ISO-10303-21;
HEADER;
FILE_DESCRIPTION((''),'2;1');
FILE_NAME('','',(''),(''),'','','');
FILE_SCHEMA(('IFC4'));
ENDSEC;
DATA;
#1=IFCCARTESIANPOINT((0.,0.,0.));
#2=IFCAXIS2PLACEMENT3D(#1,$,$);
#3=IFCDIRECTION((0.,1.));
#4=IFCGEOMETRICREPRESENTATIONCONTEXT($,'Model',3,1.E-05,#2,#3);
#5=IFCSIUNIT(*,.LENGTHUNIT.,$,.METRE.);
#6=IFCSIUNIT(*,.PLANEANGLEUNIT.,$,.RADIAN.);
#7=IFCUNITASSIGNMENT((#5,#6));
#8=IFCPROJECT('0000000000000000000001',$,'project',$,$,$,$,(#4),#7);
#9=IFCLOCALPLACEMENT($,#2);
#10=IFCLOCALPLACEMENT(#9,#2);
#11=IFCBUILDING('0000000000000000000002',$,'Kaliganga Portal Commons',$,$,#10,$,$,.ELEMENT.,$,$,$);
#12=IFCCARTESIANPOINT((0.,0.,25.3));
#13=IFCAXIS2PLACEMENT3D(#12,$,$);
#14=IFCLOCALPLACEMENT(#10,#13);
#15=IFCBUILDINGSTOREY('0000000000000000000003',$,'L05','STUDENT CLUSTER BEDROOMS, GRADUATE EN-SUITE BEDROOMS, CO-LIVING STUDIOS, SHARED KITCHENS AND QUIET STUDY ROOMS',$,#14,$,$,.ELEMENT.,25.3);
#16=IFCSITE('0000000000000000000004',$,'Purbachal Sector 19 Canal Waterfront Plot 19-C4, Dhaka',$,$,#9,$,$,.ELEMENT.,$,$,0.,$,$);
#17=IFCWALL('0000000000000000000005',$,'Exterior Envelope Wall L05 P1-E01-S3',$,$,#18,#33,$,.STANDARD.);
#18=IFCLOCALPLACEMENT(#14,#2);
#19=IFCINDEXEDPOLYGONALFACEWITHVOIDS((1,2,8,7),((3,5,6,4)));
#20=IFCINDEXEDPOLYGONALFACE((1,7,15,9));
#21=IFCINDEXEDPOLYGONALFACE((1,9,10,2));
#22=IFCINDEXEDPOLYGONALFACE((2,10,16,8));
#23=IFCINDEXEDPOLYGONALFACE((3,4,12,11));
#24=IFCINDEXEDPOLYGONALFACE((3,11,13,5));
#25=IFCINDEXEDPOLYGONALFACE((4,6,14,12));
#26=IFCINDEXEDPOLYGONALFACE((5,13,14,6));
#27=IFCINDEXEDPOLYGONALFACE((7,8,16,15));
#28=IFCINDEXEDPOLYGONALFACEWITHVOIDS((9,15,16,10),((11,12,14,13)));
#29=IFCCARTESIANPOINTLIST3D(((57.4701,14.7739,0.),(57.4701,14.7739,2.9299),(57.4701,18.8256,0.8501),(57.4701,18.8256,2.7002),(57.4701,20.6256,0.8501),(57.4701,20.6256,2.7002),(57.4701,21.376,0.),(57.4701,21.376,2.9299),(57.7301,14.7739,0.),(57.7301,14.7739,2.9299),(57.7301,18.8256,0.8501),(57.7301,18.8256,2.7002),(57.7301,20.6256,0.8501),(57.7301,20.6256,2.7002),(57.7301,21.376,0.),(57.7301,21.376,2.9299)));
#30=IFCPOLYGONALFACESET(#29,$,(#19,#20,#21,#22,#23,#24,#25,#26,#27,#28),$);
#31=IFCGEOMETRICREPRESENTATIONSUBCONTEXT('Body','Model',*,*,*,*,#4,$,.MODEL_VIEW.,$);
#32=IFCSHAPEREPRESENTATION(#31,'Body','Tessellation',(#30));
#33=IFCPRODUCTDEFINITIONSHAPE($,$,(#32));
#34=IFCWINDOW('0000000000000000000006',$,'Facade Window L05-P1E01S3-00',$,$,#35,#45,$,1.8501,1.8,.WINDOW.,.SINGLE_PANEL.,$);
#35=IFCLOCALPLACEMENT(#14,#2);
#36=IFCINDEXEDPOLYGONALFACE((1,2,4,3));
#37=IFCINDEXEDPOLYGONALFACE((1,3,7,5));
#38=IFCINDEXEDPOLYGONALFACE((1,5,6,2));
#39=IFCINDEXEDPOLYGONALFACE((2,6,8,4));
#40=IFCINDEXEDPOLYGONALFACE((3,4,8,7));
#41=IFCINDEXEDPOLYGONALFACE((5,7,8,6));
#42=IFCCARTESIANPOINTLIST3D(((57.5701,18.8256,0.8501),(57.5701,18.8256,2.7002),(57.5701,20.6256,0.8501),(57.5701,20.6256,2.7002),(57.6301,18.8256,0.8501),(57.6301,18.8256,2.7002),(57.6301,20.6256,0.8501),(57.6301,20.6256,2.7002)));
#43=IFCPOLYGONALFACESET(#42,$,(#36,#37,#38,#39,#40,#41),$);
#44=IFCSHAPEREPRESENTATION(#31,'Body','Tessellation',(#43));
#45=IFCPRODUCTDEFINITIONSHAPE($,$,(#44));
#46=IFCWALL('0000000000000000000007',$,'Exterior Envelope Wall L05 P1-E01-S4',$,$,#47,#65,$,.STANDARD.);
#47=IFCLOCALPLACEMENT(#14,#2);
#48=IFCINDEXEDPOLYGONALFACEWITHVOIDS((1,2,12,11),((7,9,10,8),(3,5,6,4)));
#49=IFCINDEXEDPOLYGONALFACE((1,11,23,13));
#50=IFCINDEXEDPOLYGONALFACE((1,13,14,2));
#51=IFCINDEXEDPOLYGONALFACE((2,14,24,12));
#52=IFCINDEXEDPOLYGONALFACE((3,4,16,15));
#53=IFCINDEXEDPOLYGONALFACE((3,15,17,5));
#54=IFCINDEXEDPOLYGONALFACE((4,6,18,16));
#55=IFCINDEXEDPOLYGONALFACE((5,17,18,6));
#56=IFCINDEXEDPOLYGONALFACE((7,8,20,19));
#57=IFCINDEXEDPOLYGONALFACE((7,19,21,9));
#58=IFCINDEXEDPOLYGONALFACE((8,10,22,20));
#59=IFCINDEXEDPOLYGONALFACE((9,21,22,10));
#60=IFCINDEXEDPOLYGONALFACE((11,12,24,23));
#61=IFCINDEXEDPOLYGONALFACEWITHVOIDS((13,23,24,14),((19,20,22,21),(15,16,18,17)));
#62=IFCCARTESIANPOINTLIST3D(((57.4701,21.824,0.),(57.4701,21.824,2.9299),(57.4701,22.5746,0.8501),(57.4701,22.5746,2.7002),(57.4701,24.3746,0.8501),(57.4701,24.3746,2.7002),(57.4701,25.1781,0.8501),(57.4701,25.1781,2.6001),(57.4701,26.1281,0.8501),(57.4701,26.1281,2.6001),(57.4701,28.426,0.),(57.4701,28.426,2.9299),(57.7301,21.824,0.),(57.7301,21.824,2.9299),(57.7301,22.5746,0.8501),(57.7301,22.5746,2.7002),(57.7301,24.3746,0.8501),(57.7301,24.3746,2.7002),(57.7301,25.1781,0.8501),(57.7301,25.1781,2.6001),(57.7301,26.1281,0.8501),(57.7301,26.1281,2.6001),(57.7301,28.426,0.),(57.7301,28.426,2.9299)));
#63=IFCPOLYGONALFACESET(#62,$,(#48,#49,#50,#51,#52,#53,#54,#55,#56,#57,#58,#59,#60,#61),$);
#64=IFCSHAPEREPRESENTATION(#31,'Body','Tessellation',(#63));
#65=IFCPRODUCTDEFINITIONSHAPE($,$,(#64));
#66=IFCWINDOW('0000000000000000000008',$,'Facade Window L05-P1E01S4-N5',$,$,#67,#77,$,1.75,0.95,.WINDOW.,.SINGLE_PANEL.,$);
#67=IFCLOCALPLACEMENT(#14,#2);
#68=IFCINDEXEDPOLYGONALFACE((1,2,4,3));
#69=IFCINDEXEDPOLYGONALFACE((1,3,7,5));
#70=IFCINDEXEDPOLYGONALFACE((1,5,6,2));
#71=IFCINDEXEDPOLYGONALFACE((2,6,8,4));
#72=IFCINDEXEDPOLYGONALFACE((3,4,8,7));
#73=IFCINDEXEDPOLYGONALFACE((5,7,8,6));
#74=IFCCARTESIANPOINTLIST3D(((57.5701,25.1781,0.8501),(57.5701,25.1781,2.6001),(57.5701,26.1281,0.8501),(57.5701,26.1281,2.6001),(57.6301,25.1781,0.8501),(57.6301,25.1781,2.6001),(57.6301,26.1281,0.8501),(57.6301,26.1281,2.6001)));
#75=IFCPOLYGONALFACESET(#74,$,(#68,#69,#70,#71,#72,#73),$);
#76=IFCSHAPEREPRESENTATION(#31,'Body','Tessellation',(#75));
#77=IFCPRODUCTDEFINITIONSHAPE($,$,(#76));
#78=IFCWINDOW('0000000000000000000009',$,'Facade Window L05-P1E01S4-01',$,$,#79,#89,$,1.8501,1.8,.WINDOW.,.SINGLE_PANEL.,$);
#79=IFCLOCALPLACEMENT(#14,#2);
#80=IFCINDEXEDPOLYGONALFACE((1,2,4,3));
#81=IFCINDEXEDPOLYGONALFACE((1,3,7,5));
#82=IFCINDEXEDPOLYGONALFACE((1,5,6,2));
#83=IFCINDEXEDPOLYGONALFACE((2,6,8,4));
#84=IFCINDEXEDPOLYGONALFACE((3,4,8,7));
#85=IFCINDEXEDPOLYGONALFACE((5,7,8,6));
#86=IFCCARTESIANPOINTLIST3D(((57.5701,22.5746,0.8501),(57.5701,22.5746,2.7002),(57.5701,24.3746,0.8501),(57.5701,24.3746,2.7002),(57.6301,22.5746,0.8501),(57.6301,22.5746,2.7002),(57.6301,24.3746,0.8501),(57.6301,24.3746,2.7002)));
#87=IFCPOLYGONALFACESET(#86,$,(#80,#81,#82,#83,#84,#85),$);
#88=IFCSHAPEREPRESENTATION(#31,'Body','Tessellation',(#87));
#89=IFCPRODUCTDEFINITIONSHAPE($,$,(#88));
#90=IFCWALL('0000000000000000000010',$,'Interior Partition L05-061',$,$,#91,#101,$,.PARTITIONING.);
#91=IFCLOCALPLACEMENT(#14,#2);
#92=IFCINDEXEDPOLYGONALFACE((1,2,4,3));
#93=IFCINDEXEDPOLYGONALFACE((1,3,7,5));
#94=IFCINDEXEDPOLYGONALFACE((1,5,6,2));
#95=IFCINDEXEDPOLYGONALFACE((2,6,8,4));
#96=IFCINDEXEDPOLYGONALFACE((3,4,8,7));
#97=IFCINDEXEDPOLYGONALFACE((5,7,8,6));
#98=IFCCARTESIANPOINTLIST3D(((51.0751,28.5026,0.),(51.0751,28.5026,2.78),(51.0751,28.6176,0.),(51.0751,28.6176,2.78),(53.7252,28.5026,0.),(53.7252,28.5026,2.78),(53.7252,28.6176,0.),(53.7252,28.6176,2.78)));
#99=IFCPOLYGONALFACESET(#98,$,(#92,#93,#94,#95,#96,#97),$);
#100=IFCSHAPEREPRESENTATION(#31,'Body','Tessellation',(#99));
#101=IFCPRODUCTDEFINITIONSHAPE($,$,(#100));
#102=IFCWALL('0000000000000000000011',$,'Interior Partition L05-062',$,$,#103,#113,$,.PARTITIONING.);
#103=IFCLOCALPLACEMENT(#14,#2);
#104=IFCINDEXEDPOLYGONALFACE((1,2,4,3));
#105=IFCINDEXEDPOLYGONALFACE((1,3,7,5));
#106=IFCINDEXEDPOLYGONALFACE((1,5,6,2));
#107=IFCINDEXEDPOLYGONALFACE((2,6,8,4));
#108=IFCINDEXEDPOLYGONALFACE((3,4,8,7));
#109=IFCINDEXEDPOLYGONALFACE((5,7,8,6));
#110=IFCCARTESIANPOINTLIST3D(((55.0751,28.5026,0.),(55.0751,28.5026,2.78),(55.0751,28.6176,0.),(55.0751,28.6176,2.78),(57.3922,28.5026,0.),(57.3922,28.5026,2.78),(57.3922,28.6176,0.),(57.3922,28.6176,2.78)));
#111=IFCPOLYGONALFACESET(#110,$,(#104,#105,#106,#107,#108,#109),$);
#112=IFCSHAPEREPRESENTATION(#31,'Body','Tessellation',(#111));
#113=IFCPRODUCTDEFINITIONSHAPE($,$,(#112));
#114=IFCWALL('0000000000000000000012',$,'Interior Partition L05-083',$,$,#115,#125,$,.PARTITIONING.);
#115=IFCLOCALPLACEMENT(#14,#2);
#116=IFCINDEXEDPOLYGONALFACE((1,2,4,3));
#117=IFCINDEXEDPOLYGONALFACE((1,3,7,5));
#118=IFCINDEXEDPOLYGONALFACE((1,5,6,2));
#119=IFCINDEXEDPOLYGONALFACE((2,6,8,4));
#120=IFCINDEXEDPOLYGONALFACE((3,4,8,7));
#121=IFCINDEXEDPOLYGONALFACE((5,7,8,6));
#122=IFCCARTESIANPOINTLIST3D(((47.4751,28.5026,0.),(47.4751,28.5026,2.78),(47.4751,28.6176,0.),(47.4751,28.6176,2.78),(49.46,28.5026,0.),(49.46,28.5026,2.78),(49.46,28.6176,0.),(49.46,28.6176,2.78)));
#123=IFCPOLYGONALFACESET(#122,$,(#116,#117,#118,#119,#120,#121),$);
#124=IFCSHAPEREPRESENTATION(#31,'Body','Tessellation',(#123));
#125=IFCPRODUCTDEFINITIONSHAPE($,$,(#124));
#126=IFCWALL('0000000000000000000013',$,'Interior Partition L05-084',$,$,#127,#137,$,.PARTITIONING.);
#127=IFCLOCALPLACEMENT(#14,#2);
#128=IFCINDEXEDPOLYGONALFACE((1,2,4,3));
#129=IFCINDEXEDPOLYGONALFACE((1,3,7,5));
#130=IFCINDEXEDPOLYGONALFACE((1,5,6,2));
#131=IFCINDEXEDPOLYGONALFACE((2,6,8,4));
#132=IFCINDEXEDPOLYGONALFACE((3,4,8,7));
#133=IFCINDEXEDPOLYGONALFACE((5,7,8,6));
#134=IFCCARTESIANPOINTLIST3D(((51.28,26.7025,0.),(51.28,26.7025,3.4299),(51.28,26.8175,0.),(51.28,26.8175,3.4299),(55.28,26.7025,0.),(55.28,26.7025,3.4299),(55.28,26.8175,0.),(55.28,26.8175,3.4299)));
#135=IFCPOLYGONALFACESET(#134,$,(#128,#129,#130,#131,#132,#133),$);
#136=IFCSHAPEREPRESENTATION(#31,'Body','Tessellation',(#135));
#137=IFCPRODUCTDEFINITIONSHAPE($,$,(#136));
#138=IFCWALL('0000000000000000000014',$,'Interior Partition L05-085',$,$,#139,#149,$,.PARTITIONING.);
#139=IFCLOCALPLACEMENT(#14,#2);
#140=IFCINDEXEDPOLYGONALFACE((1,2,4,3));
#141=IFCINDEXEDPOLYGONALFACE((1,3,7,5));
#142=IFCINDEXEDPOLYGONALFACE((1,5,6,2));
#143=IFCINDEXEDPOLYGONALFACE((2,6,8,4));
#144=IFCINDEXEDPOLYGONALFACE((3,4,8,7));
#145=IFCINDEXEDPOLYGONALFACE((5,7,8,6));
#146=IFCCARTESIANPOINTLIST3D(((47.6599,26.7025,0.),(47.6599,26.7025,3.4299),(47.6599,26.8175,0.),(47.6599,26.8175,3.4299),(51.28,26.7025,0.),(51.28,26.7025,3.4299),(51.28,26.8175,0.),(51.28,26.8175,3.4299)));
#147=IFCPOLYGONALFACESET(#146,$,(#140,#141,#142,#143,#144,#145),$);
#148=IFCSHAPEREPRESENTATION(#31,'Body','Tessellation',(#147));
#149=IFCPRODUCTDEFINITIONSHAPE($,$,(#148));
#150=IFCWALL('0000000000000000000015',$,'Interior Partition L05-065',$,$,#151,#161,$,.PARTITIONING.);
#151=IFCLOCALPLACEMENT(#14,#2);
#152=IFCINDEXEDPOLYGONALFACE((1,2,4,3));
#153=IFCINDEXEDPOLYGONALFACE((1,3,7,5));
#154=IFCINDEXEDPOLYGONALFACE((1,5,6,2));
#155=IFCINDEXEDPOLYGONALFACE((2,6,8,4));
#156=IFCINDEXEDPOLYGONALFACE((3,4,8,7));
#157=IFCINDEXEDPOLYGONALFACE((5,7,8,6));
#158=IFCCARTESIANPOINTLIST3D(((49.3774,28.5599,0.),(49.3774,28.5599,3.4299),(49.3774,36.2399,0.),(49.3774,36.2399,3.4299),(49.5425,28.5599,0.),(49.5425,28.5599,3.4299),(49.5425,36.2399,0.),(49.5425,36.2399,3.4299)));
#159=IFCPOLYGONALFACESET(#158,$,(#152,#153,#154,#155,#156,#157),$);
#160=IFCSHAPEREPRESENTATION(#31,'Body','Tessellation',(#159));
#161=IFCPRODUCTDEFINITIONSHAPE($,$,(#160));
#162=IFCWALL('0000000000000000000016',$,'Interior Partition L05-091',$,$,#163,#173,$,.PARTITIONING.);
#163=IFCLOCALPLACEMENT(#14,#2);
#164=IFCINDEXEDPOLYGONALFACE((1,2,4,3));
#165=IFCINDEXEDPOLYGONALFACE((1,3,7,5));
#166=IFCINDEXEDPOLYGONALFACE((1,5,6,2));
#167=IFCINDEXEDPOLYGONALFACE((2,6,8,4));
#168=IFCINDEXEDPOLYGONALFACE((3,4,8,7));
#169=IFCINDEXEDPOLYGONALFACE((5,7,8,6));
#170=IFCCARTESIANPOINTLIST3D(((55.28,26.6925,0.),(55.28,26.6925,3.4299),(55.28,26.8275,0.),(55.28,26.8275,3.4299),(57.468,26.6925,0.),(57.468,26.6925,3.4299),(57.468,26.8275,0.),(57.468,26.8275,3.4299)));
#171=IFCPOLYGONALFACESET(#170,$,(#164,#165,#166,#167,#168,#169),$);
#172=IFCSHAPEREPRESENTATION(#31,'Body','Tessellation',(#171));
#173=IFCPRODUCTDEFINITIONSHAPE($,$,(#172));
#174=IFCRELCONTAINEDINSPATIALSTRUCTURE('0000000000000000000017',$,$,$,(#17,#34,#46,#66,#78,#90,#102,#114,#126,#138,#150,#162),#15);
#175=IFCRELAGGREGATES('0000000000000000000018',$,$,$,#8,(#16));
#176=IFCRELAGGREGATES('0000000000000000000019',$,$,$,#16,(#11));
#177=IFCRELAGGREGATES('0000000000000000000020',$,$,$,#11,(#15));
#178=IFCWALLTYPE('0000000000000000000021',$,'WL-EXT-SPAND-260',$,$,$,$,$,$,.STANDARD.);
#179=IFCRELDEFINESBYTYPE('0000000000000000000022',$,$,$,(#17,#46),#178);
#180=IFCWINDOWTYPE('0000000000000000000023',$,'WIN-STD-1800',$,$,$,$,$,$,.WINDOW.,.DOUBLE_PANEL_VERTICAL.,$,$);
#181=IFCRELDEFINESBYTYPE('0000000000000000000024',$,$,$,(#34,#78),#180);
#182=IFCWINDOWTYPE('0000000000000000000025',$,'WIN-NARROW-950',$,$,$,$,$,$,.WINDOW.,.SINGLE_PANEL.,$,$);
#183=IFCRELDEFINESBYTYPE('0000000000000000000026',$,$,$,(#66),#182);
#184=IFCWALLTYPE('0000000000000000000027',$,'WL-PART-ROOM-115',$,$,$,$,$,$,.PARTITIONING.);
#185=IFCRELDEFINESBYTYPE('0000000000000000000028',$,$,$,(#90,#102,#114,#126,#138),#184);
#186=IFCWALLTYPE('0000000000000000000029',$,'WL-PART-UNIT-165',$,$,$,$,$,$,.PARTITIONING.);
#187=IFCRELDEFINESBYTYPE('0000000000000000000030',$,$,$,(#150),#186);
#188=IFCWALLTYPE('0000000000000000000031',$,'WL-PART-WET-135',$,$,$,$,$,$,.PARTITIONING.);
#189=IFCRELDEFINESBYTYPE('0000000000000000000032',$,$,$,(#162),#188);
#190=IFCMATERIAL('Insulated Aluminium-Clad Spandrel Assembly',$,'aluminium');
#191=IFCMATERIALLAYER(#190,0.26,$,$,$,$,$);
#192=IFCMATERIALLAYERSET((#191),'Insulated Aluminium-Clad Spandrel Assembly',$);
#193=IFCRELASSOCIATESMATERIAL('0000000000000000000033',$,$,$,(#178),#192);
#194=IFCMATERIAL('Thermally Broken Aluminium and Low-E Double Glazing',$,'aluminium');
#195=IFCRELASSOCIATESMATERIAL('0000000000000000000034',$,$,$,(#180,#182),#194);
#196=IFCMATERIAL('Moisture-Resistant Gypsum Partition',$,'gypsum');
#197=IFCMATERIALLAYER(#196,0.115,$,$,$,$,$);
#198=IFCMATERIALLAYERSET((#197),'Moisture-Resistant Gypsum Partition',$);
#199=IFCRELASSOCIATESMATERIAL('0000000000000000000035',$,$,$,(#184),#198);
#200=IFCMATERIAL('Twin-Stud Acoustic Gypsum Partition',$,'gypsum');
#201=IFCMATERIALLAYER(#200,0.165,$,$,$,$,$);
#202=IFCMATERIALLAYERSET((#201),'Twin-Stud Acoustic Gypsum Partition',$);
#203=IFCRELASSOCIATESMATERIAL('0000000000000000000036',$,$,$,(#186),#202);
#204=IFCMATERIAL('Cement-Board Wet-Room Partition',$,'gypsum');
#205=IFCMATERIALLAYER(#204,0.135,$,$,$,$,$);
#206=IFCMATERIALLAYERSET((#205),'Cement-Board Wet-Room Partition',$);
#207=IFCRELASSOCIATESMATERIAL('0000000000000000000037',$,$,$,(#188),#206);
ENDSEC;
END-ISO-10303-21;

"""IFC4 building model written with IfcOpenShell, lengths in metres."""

from ifc_helpers import new_model, si_unit, direction, frame, frame_2d, origin, place, context, subcontext, project, spatial, rectangle, extrude, material, layer, layer_set, type_object, element, fill, save


model = new_model("IFC4")

# Units and contexts
model_context = context("Model", 3, precision=1e-05, world=origin(), true_north=direction((0.0, 1.0)))
body_context = subcontext(model_context, "Body", "Model", "MODEL_VIEW")
ifc_project = project(units=[si_unit("LENGTHUNIT", "METRE"), si_unit("PLANEANGLEUNIT", "RADIAN")], contexts=[model_context])

# Site, building, storey
site_placement = place(None, origin())
site = spatial("IfcSite", under=ifc_project, at=site_placement, Name="Purbachal Sector 19 Canal Waterfront Plot 19-C4, Dhaka", CompositionType="ELEMENT", RefElevation=0.0)
building_placement = place(site_placement, origin())
building = spatial("IfcBuilding", under=site, at=building_placement, Name="Kaliganga Portal Commons", CompositionType="ELEMENT")
storey_placement = place(building_placement, frame((0.0, 0.0, 25.3)))
storey = spatial("IfcBuildingStorey", under=building, at=storey_placement, Name="L05", Description="STUDENT CLUSTER BEDROOMS, GRADUATE EN-SUITE BEDROOMS, CO-LIVING STUDIOS, SHARED KITCHENS AND QUIET STUDY ROOMS", CompositionType="ELEMENT", Elevation=25.3)

# Wall, opening, window
ifc_material_1 = material(Name="Insulated Aluminium-Clad Spandrel Assembly", Category="aluminium")
ifc_layer_1 = layer(ifc_material_1, 0.26)
ifc_layer_set_1 = layer_set([ifc_layer_1], Name="Insulated Aluminium-Clad Spandrel Assembly")
wall_type_1 = type_object("IfcWallType", Name="WL-EXT-SPAND-260", PredefinedType="STANDARD", material=ifc_layer_set_1)
wall_1_placement = place(storey_placement, frame((57.6001, 21.376, 0.0), z_axis=(0.0, 0.0, 1.0), x_axis=(0.0, -1.0, 0.0)))
wall_1 = element("IfcWall", 1, at=wall_1_placement, inside=storey, type_object=wall_type_1, Name="Exterior Envelope Wall L05 P1-E01-S3", PredefinedType="STANDARD", context=body_context, shape_type="SweptSolid", body=[
    extrude(rectangle(XDim=6.6021, YDim=0.26, at=frame_2d((3.301, 0.0))), origin(), (0.0, 0.0, 1.0), 2.9299),
])
opening_1_placement = place(wall_1_placement, frame((0.7505, 0.0, 0.8501)))
opening_1 = element("IfcOpeningElement", 2, at=opening_1_placement, cuts=wall_1, PredefinedType="OPENING", context=body_context, shape_type="SweptSolid", body=[
    extrude(rectangle(XDim=1.8, YDim=1.8501, at=frame_2d((0.8999, 0.925))), frame((0.0, 0.1401, 0.0), z_axis=(0.0, -1.0, 0.0), x_axis=(1.0, 0.0, 0.0)), (0.0, 0.0, 1.0), 0.28),
])
ifc_material_2 = material(Name="Thermally Broken Aluminium and Low-E Double Glazing", Category="aluminium")
window_type_1 = type_object("IfcWindowType", Name="WIN-STD-1800", PartitioningType="DOUBLE_PANEL_VERTICAL", PredefinedType="WINDOW", material=ifc_material_2)
window_1_placement = place(opening_1_placement, origin())
window_1 = element("IfcWindow", 3, at=window_1_placement, inside=storey, type_object=window_type_1, Name="Facade Window L05-P1E01S3-00", OverallHeight=1.8501, OverallWidth=1.8, PartitioningType="SINGLE_PANEL", PredefinedType="WINDOW", context=body_context, shape_type="SweptSolid", body=[
    extrude(rectangle(XDim=1.8, YDim=1.8501, at=frame_2d((0.8999, 0.925))), frame((0.0, 0.03, 0.0), z_axis=(0.0, -1.0, 0.0), x_axis=(1.0, 0.0, 0.0)), (0.0, 0.0, 1.0), 0.0601),
])
fill(opening_1, window_1)

# Wall, openings, windows
wall_2_placement = place(storey_placement, frame((57.6001, 28.426, 0.0), z_axis=(0.0, 0.0, 1.0), x_axis=(0.0, -1.0, 0.0)))
wall_2 = element("IfcWall", 4, at=wall_2_placement, inside=storey, type_object=wall_type_1, Name="Exterior Envelope Wall L05 P1-E01-S4", PredefinedType="STANDARD", context=body_context, shape_type="SweptSolid", body=[
    extrude(rectangle(XDim=6.6021, YDim=0.26, at=frame_2d((3.301, 0.0))), origin(), (0.0, 0.0, 1.0), 2.9299),
])
opening_2_placement = place(wall_2_placement, frame((4.0515, 0.0, 0.8501)))
opening_2 = element("IfcOpeningElement", 5, at=opening_2_placement, cuts=wall_2, PredefinedType="OPENING", context=body_context, shape_type="SweptSolid", body=[
    extrude(rectangle(XDim=1.8, YDim=1.8501, at=frame_2d((0.8999, 0.925))), frame((0.0, 0.1401, 0.0), z_axis=(0.0, -1.0, 0.0), x_axis=(1.0, 0.0, 0.0)), (0.0, 0.0, 1.0), 0.28),
])
opening_3_placement = place(wall_2_placement, frame((2.2979, 0.0, 0.8501)))
opening_3 = element("IfcOpeningElement", 6, at=opening_3_placement, cuts=wall_2, PredefinedType="OPENING", context=body_context, shape_type="SweptSolid", body=[
    extrude(rectangle(XDim=0.95, YDim=1.75, at=frame_2d((0.4751, 0.875))), frame((0.0, 0.1401, 0.0), z_axis=(0.0, -1.0, 0.0), x_axis=(1.0, 0.0, 0.0)), (0.0, 0.0, 1.0), 0.28),
])
window_type_2 = type_object("IfcWindowType", Name="WIN-NARROW-950", PartitioningType="SINGLE_PANEL", PredefinedType="WINDOW", material=ifc_material_2)
window_2_placement = place(opening_3_placement, origin())
window_2 = element("IfcWindow", 7, at=window_2_placement, inside=storey, type_object=window_type_2, Name="Facade Window L05-P1E01S4-N5", OverallHeight=1.75, OverallWidth=0.95, PartitioningType="SINGLE_PANEL", PredefinedType="WINDOW", context=body_context, shape_type="SweptSolid", body=[
    extrude(rectangle(XDim=0.95, YDim=1.75, at=frame_2d((0.4751, 0.875))), frame((0.0, 0.03, 0.0), z_axis=(0.0, -1.0, 0.0), x_axis=(1.0, 0.0, 0.0)), (0.0, 0.0, 1.0), 0.0601),
])
fill(opening_3, window_2)
window_3_placement = place(opening_2_placement, origin())
window_3 = element("IfcWindow", 8, at=window_3_placement, inside=storey, type_object=window_type_1, Name="Facade Window L05-P1E01S4-01", OverallHeight=1.8501, OverallWidth=1.8, PartitioningType="SINGLE_PANEL", PredefinedType="WINDOW", context=body_context, shape_type="SweptSolid", body=[
    extrude(rectangle(XDim=1.8, YDim=1.8501, at=frame_2d((0.8999, 0.925))), frame((0.0, 0.03, 0.0), z_axis=(0.0, -1.0, 0.0), x_axis=(1.0, 0.0, 0.0)), (0.0, 0.0, 1.0), 0.0601),
])
fill(opening_2, window_3)

# Walls
ifc_material_3 = material(Name="Moisture-Resistant Gypsum Partition", Category="gypsum")
ifc_layer_2 = layer(ifc_material_3, 0.115)
ifc_layer_set_2 = layer_set([ifc_layer_2], Name="Moisture-Resistant Gypsum Partition")
wall_type_2 = type_object("IfcWallType", Name="WL-PART-ROOM-115", PredefinedType="PARTITIONING", material=ifc_layer_set_2)
wall_3_placement = place(storey_placement, frame((51.075, 28.5601, 0.0), z_axis=(0.0, 0.0, 1.0), x_axis=(1.0, 0.0, 0.0)))
element("IfcWall", 9, at=wall_3_placement, inside=storey, type_object=wall_type_2, Name="Interior Partition L05-061", PredefinedType="PARTITIONING", context=body_context, shape_type="SweptSolid", body=[
    extrude(rectangle(XDim=2.6501, YDim=0.115, at=frame_2d((1.3252, 0.0))), origin(), (0.0, 0.0, 1.0), 2.78),
])
wall_4_placement = place(storey_placement, frame((55.075, 28.5601, 0.0), z_axis=(0.0, 0.0, 1.0), x_axis=(1.0, 0.0, 0.0)))
element("IfcWall", 10, at=wall_4_placement, inside=storey, type_object=wall_type_2, Name="Interior Partition L05-062", PredefinedType="PARTITIONING", context=body_context, shape_type="SweptSolid", body=[
    extrude(rectangle(XDim=2.3171, YDim=0.115, at=frame_2d((1.1587, 0.0))), origin(), (0.0, 0.0, 1.0), 2.78),
])
wall_5_placement = place(storey_placement, frame((47.4751, 28.5601, 0.0), z_axis=(0.0, 0.0, 1.0), x_axis=(1.0, 0.0, 0.0)))
element("IfcWall", 11, at=wall_5_placement, inside=storey, type_object=wall_type_2, Name="Interior Partition L05-083", PredefinedType="PARTITIONING", context=body_context, shape_type="SweptSolid", body=[
    extrude(rectangle(XDim=1.9849, YDim=0.115, at=frame_2d((0.9924, 0.0))), origin(), (0.0, 0.0, 1.0), 2.78),
])
wall_6_placement = place(storey_placement, frame((51.28, 26.76, 0.0), z_axis=(0.0, 0.0, 1.0), x_axis=(1.0, 0.0, 0.0)))
element("IfcWall", 12, at=wall_6_placement, inside=storey, type_object=wall_type_2, Name="Interior Partition L05-084", PredefinedType="PARTITIONING", context=body_context, shape_type="SweptSolid", body=[
    extrude(rectangle(XDim=4.0, YDim=0.115, at=frame_2d((2.0, 0.0))), origin(), (0.0, 0.0, 1.0), 3.4299),
])
wall_7_placement = place(storey_placement, frame((47.6599, 26.76, 0.0), z_axis=(0.0, 0.0, 1.0), x_axis=(1.0, 0.0, 0.0)))
element("IfcWall", 13, at=wall_7_placement, inside=storey, type_object=wall_type_2, Name="Interior Partition L05-085", PredefinedType="PARTITIONING", context=body_context, shape_type="SweptSolid", body=[
    extrude(rectangle(XDim=3.6201, YDim=0.115, at=frame_2d((1.8101, 0.0))), origin(), (0.0, 0.0, 1.0), 3.4299),
])
ifc_material_4 = material(Name="Twin-Stud Acoustic Gypsum Partition", Category="gypsum")
ifc_layer_3 = layer(ifc_material_4, 0.165)
ifc_layer_set_3 = layer_set([ifc_layer_3], Name="Twin-Stud Acoustic Gypsum Partition")
wall_type_3 = type_object("IfcWallType", Name="WL-PART-UNIT-165", PredefinedType="PARTITIONING", material=ifc_layer_set_3)
wall_8_placement = place(storey_placement, frame((49.46, 28.5601, 0.0), z_axis=(0.0, 0.0, 1.0), x_axis=(0.0, 1.0, 0.0)))
element("IfcWall", 14, at=wall_8_placement, inside=storey, type_object=wall_type_3, Name="Interior Partition L05-065", PredefinedType="PARTITIONING", context=body_context, shape_type="SweptSolid", body=[
    extrude(rectangle(XDim=7.6799, YDim=0.165, at=frame_2d((3.8398, 0.0))), origin(), (0.0, 0.0, 1.0), 3.4299),
])
ifc_material_5 = material(Name="Cement-Board Wet-Room Partition", Category="gypsum")
ifc_layer_4 = layer(ifc_material_5, 0.135)
ifc_layer_set_4 = layer_set([ifc_layer_4], Name="Cement-Board Wet-Room Partition")
wall_type_4 = type_object("IfcWallType", Name="WL-PART-WET-135", PredefinedType="PARTITIONING", material=ifc_layer_set_4)
wall_9_placement = place(storey_placement, frame((55.28, 26.76, 0.0), z_axis=(0.0, 0.0, 1.0), x_axis=(1.0, 0.0, 0.0)))
element("IfcWall", 15, at=wall_9_placement, inside=storey, type_object=wall_type_4, Name="Interior Partition L05-091", PredefinedType="PARTITIONING", context=body_context, shape_type="SweptSolid", body=[
    extrude(rectangle(XDim=2.188, YDim=0.135, at=frame_2d((1.094, 0.0))), origin(), (0.0, 0.0, 1.0), 3.4299),
])

save(model, "model.ifc")
